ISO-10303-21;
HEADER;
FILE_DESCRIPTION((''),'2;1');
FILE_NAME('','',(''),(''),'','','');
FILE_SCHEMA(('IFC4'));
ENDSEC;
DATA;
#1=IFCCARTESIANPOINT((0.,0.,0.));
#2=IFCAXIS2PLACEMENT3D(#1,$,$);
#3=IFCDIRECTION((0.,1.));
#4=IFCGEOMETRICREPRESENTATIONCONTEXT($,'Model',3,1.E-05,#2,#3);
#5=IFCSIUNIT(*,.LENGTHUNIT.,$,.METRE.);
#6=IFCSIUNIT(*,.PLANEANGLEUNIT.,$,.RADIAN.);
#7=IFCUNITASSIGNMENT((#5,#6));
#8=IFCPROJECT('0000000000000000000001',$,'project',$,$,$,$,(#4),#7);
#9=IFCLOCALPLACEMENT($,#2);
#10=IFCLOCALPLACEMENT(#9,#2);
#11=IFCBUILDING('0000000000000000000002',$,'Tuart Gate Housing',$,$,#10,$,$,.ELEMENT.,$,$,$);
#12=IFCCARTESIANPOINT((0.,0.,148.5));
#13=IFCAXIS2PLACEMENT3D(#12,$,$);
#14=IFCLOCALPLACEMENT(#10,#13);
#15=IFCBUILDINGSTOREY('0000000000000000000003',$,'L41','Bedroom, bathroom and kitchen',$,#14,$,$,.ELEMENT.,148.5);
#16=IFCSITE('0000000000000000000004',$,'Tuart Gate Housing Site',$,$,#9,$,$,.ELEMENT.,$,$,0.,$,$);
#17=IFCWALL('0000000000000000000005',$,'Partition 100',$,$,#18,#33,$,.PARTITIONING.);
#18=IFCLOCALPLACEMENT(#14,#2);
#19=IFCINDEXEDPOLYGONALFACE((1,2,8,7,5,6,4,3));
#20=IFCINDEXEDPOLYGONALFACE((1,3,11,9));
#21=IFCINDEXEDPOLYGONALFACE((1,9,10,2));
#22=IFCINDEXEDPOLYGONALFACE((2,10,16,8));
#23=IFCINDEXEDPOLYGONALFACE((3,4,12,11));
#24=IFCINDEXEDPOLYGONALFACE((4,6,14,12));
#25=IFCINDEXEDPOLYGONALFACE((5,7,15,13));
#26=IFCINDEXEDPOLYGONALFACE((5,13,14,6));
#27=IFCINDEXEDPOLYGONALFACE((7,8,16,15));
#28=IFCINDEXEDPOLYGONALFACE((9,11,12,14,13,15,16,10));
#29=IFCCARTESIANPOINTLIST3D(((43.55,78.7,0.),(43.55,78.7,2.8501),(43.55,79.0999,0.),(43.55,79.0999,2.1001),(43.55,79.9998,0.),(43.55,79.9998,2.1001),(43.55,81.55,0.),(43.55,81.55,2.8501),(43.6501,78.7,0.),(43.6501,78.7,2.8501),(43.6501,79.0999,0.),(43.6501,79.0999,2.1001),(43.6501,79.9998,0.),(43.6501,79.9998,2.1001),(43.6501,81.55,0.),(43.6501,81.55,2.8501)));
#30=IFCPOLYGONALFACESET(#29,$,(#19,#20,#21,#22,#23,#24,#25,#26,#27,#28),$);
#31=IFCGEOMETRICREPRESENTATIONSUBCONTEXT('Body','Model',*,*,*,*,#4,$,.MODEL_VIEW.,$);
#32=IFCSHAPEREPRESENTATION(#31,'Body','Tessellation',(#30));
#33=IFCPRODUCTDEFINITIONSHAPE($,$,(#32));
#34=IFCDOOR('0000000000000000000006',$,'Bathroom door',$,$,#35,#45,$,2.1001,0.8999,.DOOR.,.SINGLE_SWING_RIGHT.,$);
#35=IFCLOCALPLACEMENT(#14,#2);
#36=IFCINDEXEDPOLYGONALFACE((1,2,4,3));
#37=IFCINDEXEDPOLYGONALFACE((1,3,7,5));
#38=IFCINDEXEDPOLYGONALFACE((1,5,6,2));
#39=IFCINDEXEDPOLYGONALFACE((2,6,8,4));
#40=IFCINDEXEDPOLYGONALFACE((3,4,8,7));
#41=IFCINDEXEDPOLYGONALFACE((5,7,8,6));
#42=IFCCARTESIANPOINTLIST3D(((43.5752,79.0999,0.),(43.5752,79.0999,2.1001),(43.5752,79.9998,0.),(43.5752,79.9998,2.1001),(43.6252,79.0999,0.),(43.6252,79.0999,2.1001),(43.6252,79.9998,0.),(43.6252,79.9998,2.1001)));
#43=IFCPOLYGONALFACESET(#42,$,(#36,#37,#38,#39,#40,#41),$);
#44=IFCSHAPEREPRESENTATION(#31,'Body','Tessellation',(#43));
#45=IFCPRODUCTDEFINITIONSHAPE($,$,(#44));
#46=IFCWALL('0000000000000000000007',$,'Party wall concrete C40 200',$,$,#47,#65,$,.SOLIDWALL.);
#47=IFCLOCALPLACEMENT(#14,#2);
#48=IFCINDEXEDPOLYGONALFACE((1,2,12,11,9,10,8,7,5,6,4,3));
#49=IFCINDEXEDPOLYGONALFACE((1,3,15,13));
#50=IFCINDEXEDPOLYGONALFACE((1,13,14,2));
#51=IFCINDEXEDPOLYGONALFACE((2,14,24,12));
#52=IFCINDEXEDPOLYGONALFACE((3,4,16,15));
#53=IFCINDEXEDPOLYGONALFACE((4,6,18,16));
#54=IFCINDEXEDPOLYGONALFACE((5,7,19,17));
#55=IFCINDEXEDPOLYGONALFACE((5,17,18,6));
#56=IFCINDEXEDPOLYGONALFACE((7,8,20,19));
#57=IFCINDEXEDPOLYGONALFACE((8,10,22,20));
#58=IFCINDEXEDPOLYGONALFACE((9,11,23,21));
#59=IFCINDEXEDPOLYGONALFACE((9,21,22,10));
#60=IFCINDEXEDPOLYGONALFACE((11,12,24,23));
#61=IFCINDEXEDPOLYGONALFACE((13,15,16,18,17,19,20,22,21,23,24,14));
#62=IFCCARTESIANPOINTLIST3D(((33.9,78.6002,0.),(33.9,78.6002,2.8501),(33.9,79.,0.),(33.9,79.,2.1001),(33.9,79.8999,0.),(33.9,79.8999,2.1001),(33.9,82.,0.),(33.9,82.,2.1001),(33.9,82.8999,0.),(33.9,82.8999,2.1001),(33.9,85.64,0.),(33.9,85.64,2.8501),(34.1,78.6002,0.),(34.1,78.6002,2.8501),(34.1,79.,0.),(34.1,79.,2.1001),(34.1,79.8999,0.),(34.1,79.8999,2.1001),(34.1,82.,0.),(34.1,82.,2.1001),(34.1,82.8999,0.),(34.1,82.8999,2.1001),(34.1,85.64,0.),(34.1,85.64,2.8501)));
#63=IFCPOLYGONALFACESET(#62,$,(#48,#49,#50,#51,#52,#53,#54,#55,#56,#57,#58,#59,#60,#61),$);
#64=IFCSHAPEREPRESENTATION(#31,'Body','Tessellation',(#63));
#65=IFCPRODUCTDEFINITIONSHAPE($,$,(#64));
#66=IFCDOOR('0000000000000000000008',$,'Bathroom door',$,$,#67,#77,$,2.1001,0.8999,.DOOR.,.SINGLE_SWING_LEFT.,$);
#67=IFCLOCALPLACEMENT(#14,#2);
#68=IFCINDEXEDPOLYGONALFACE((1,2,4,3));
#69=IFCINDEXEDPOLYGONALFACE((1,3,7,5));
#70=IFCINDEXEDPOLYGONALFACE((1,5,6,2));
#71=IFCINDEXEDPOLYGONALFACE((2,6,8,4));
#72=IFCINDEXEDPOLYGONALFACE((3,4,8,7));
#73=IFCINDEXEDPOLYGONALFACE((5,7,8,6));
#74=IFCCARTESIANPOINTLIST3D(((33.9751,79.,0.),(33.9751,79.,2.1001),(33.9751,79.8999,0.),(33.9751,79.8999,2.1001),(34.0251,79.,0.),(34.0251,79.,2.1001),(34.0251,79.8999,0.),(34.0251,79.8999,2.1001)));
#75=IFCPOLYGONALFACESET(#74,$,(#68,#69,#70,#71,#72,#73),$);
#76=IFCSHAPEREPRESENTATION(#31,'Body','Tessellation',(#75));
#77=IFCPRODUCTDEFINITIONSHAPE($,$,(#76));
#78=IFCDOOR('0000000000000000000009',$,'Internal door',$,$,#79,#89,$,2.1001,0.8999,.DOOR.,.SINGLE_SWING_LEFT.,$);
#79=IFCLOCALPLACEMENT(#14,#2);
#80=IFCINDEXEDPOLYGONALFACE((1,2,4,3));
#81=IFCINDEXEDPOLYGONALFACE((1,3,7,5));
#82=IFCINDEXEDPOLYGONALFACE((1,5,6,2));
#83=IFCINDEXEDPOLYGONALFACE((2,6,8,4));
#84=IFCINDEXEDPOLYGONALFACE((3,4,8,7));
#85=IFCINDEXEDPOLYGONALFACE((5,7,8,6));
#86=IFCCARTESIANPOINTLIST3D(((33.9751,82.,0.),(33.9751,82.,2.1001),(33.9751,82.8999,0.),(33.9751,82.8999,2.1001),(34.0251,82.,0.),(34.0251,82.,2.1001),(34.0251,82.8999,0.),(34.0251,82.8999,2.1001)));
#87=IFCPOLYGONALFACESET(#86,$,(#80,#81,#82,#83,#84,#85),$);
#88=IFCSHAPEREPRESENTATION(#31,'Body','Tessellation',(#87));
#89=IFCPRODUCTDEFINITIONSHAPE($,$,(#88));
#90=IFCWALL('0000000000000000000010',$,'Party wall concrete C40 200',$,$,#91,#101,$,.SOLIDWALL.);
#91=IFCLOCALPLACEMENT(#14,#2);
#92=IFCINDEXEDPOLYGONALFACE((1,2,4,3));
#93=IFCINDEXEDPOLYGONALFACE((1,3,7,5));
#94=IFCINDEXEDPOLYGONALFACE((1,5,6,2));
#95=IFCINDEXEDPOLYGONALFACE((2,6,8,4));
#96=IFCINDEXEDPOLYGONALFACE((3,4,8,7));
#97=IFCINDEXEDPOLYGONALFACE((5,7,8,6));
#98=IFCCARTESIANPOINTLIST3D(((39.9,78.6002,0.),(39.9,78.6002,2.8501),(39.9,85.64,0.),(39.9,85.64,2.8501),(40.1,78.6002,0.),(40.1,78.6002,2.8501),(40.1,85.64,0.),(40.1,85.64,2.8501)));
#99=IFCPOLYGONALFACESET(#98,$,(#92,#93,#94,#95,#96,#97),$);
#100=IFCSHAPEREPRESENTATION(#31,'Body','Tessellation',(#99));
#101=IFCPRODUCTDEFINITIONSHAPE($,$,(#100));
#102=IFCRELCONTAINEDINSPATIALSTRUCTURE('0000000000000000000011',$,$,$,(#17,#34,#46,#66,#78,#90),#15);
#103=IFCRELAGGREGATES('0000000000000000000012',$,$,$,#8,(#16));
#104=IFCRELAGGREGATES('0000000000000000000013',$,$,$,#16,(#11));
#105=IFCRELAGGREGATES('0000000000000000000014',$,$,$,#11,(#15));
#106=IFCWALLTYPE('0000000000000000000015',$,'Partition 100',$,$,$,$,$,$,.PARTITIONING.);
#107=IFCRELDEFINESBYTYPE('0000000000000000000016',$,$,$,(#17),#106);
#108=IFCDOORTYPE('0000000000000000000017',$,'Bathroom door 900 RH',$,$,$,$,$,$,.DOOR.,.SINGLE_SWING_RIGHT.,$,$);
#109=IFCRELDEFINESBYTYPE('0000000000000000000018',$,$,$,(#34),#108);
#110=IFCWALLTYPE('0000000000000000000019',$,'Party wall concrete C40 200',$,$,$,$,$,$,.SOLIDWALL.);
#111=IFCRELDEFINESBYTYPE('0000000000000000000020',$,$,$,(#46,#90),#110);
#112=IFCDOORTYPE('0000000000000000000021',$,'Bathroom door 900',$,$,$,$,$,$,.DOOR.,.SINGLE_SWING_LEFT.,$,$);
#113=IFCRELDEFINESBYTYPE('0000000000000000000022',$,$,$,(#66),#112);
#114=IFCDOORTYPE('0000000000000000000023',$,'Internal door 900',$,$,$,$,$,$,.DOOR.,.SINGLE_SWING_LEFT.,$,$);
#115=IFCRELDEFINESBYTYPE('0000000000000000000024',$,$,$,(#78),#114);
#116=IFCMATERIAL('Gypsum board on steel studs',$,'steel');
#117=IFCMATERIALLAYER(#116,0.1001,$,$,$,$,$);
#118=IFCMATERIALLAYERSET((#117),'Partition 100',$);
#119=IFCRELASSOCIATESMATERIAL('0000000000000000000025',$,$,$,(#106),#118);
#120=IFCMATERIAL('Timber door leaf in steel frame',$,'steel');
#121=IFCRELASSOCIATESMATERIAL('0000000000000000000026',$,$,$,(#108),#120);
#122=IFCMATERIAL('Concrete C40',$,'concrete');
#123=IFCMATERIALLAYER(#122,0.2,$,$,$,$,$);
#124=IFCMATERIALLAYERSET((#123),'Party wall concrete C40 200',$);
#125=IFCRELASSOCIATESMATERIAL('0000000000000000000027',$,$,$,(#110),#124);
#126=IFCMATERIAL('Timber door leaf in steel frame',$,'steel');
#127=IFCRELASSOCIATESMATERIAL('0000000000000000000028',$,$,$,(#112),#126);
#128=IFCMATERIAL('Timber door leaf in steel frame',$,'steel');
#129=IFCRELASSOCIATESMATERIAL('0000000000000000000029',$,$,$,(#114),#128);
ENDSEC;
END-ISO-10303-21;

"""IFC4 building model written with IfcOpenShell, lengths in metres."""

from ifc_helpers import new_model, si_unit, direction, frame, frame_2d, origin, place, context, subcontext, project, spatial, rectangle, extrude, material, layer, layer_set, type_object, element, fill, save


model = new_model("IFC4")

# Units and contexts
model_context = context("Model", 3, precision=1e-05, world=origin(), true_north=direction((0.0, 1.0)))
body_context = subcontext(model_context, "Body", "Model", "MODEL_VIEW")
ifc_project = project(units=[si_unit("LENGTHUNIT", "METRE"), si_unit("PLANEANGLEUNIT", "RADIAN")], contexts=[model_context])

# Site, building, storey
site_placement = place(None, origin())
site = spatial("IfcSite", under=ifc_project, at=site_placement, Name="Tuart Gate Housing Site", CompositionType="ELEMENT", RefElevation=0.0)
building_placement = place(site_placement, origin())
building = spatial("IfcBuilding", under=site, at=building_placement, Name="Tuart Gate Housing", CompositionType="ELEMENT")
storey_placement = place(building_placement, frame((0.0, 0.0, 148.5)))
storey = spatial("IfcBuildingStorey", under=building, at=storey_placement, Name="L41", Description="Bedroom, bathroom and kitchen", CompositionType="ELEMENT", Elevation=148.5)

# Shared definitions
ifc_material_1 = material(Name="Gypsum board on steel studs", Category="steel")
ifc_layer_1 = layer(ifc_material_1, 0.1001)
ifc_layer_set_1 = layer_set([ifc_layer_1], Name="Partition 100")
wall_type_1 = type_object("IfcWallType", Name="Partition 100", PredefinedType="PARTITIONING", material=ifc_layer_set_1)

# Wall, opening, door
wall_1_placement = place(storey_placement, frame((43.6001, 78.7, 0.0), z_axis=(0.0, 0.0, 1.0), x_axis=(0.0, 1.0, 0.0)))
wall_1 = element("IfcWall", 1, at=wall_1_placement, inside=storey, type_object=wall_type_1, Name="Partition 100", PredefinedType="PARTITIONING", context=body_context, shape_type="SweptSolid", body=[
    extrude(rectangle(XDim=2.8501, YDim=0.1001, at=frame_2d((1.425, 0.0))), origin(), (0.0, 0.0, 1.0), 2.8501),
])
opening_1_placement = place(wall_1_placement, frame((0.3999, 0.0, 0.0)))
opening_1 = element("IfcOpeningElement", 2, at=opening_1_placement, cuts=wall_1, PredefinedType="OPENING", context=body_context, shape_type="SweptSolid", body=[
    extrude(rectangle(XDim=0.8999, YDim=2.1001, at=frame_2d((0.45, 1.05))), frame((0.0, 0.0601, 0.0), z_axis=(0.0, -1.0, 0.0), x_axis=(1.0, 0.0, 0.0)), (0.0, 0.0, 1.0), 0.1201),
])
ifc_material_2 = material(Name="Timber door leaf in steel frame", Category="steel")
door_type_1 = type_object("IfcDoorType", Name="Bathroom door 900 RH", OperationType="SINGLE_SWING_RIGHT", PredefinedType="DOOR", material=ifc_material_2)
door_1_placement = place(opening_1_placement, frame((0.8999, 0.0, 0.0), z_axis=(0.0, 0.0, 1.0), x_axis=(-1.0, 0.0, 0.0)))
door_1 = element("IfcDoor", 3, at=door_1_placement, inside=storey, type_object=door_type_1, Name="Bathroom door", OperationType="SINGLE_SWING_RIGHT", OverallHeight=2.1001, OverallWidth=0.8999, PredefinedType="DOOR", context=body_context, shape_type="SweptSolid", body=[
    extrude(rectangle(XDim=0.8999, YDim=2.1001, at=frame_2d((0.45, 1.05))), frame((0.0, 0.0251, 0.0), z_axis=(0.0, -1.0, 0.0), x_axis=(1.0, 0.0, 0.0)), (0.0, 0.0, 1.0), 0.05),
])
fill(opening_1, door_1)

# Wall, openings, doors
ifc_material_3 = material(Name="Concrete C40", Category="concrete")
ifc_layer_2 = layer(ifc_material_3, 0.2)
ifc_layer_set_2 = layer_set([ifc_layer_2], Name="Party wall concrete C40 200")
wall_type_2 = type_object("IfcWallType", Name="Party wall concrete C40 200", PredefinedType="SOLIDWALL", material=ifc_layer_set_2)
wall_2_placement = place(storey_placement, frame((34.0, 78.6001, 0.0), z_axis=(0.0, 0.0, 1.0), x_axis=(0.0, 1.0, 0.0)))
wall_2 = element("IfcWall", 4, at=wall_2_placement, inside=storey, type_object=wall_type_2, Name="Party wall concrete C40 200", PredefinedType="SOLIDWALL", context=body_context, shape_type="SweptSolid", body=[
    extrude(rectangle(XDim=7.0398, YDim=0.2, at=frame_2d((3.52, 0.0))), origin(), (0.0, 0.0, 1.0), 2.8501),
])
opening_2_placement = place(wall_2_placement, frame((3.3999, 0.0, 0.0)))
opening_2 = element("IfcOpeningElement", 5, at=opening_2_placement, cuts=wall_2, PredefinedType="OPENING", context=body_context, shape_type="SweptSolid", body=[
    extrude(rectangle(XDim=0.8999, YDim=2.1001, at=frame_2d((0.45, 1.05))), frame((0.0, 0.1099, 0.0), z_axis=(0.0, -1.0, 0.0), x_axis=(1.0, 0.0, 0.0)), (0.0, 0.0, 1.0), 0.22),
])
opening_3_placement = place(wall_2_placement, frame((0.3999, 0.0, 0.0)))
opening_3 = element("IfcOpeningElement", 6, at=opening_3_placement, cuts=wall_2, PredefinedType="OPENING", context=body_context, shape_type="SweptSolid", body=[
    extrude(rectangle(XDim=0.8999, YDim=2.1001, at=frame_2d((0.45, 1.05))), frame((0.0, 0.1099, 0.0), z_axis=(0.0, -1.0, 0.0), x_axis=(1.0, 0.0, 0.0)), (0.0, 0.0, 1.0), 0.22),
])
ifc_material_4 = material(Name="Timber door leaf in steel frame", Category="steel")
door_type_2 = type_object("IfcDoorType", Name="Bathroom door 900", OperationType="SINGLE_SWING_LEFT", PredefinedType="DOOR", material=ifc_material_4)
door_2_placement = place(opening_3_placement, origin())
door_2 = element("IfcDoor", 7, at=door_2_placement, inside=storey, type_object=door_type_2, Name="Bathroom door", OperationType="SINGLE_SWING_LEFT", OverallHeight=2.1001, OverallWidth=0.8999, PredefinedType="DOOR", context=body_context, shape_type="SweptSolid", body=[
    extrude(rectangle(XDim=0.8999, YDim=2.1001, at=frame_2d((0.45, 1.05))), frame((0.0, 0.0249, 0.0), z_axis=(0.0, -1.0, 0.0), x_axis=(1.0, 0.0, 0.0)), (0.0, 0.0, 1.0), 0.05),
])
fill(opening_3, door_2)
ifc_material_5 = material(Name="Timber door leaf in steel frame", Category="steel")
door_type_3 = type_object("IfcDoorType", Name="Internal door 900", OperationType="SINGLE_SWING_LEFT", PredefinedType="DOOR", material=ifc_material_5)
door_3_placement = place(opening_2_placement, origin())
door_3 = element("IfcDoor", 8, at=door_3_placement, inside=storey, type_object=door_type_3, Name="Internal door", OperationType="SINGLE_SWING_LEFT", OverallHeight=2.1001, OverallWidth=0.8999, PredefinedType="DOOR", context=body_context, shape_type="SweptSolid", body=[
    extrude(rectangle(XDim=0.8999, YDim=2.1001, at=frame_2d((0.45, 1.05))), frame((0.0, 0.0249, 0.0), z_axis=(0.0, -1.0, 0.0), x_axis=(1.0, 0.0, 0.0)), (0.0, 0.0, 1.0), 0.05),
])
fill(opening_2, door_3)

# Wall
wall_3_placement = place(storey_placement, frame((40.0, 78.6001, 0.0), z_axis=(0.0, 0.0, 1.0), x_axis=(0.0, 1.0, 0.0)))
element("IfcWall", 9, at=wall_3_placement, inside=storey, type_object=wall_type_2, Name="Party wall concrete C40 200", PredefinedType="SOLIDWALL", context=body_context, shape_type="SweptSolid", body=[
    extrude(rectangle(XDim=7.0398, YDim=0.2, at=frame_2d((3.52, 0.0))), origin(), (0.0, 0.0, 1.0), 2.8501),
])

save(model, "model.ifc")
